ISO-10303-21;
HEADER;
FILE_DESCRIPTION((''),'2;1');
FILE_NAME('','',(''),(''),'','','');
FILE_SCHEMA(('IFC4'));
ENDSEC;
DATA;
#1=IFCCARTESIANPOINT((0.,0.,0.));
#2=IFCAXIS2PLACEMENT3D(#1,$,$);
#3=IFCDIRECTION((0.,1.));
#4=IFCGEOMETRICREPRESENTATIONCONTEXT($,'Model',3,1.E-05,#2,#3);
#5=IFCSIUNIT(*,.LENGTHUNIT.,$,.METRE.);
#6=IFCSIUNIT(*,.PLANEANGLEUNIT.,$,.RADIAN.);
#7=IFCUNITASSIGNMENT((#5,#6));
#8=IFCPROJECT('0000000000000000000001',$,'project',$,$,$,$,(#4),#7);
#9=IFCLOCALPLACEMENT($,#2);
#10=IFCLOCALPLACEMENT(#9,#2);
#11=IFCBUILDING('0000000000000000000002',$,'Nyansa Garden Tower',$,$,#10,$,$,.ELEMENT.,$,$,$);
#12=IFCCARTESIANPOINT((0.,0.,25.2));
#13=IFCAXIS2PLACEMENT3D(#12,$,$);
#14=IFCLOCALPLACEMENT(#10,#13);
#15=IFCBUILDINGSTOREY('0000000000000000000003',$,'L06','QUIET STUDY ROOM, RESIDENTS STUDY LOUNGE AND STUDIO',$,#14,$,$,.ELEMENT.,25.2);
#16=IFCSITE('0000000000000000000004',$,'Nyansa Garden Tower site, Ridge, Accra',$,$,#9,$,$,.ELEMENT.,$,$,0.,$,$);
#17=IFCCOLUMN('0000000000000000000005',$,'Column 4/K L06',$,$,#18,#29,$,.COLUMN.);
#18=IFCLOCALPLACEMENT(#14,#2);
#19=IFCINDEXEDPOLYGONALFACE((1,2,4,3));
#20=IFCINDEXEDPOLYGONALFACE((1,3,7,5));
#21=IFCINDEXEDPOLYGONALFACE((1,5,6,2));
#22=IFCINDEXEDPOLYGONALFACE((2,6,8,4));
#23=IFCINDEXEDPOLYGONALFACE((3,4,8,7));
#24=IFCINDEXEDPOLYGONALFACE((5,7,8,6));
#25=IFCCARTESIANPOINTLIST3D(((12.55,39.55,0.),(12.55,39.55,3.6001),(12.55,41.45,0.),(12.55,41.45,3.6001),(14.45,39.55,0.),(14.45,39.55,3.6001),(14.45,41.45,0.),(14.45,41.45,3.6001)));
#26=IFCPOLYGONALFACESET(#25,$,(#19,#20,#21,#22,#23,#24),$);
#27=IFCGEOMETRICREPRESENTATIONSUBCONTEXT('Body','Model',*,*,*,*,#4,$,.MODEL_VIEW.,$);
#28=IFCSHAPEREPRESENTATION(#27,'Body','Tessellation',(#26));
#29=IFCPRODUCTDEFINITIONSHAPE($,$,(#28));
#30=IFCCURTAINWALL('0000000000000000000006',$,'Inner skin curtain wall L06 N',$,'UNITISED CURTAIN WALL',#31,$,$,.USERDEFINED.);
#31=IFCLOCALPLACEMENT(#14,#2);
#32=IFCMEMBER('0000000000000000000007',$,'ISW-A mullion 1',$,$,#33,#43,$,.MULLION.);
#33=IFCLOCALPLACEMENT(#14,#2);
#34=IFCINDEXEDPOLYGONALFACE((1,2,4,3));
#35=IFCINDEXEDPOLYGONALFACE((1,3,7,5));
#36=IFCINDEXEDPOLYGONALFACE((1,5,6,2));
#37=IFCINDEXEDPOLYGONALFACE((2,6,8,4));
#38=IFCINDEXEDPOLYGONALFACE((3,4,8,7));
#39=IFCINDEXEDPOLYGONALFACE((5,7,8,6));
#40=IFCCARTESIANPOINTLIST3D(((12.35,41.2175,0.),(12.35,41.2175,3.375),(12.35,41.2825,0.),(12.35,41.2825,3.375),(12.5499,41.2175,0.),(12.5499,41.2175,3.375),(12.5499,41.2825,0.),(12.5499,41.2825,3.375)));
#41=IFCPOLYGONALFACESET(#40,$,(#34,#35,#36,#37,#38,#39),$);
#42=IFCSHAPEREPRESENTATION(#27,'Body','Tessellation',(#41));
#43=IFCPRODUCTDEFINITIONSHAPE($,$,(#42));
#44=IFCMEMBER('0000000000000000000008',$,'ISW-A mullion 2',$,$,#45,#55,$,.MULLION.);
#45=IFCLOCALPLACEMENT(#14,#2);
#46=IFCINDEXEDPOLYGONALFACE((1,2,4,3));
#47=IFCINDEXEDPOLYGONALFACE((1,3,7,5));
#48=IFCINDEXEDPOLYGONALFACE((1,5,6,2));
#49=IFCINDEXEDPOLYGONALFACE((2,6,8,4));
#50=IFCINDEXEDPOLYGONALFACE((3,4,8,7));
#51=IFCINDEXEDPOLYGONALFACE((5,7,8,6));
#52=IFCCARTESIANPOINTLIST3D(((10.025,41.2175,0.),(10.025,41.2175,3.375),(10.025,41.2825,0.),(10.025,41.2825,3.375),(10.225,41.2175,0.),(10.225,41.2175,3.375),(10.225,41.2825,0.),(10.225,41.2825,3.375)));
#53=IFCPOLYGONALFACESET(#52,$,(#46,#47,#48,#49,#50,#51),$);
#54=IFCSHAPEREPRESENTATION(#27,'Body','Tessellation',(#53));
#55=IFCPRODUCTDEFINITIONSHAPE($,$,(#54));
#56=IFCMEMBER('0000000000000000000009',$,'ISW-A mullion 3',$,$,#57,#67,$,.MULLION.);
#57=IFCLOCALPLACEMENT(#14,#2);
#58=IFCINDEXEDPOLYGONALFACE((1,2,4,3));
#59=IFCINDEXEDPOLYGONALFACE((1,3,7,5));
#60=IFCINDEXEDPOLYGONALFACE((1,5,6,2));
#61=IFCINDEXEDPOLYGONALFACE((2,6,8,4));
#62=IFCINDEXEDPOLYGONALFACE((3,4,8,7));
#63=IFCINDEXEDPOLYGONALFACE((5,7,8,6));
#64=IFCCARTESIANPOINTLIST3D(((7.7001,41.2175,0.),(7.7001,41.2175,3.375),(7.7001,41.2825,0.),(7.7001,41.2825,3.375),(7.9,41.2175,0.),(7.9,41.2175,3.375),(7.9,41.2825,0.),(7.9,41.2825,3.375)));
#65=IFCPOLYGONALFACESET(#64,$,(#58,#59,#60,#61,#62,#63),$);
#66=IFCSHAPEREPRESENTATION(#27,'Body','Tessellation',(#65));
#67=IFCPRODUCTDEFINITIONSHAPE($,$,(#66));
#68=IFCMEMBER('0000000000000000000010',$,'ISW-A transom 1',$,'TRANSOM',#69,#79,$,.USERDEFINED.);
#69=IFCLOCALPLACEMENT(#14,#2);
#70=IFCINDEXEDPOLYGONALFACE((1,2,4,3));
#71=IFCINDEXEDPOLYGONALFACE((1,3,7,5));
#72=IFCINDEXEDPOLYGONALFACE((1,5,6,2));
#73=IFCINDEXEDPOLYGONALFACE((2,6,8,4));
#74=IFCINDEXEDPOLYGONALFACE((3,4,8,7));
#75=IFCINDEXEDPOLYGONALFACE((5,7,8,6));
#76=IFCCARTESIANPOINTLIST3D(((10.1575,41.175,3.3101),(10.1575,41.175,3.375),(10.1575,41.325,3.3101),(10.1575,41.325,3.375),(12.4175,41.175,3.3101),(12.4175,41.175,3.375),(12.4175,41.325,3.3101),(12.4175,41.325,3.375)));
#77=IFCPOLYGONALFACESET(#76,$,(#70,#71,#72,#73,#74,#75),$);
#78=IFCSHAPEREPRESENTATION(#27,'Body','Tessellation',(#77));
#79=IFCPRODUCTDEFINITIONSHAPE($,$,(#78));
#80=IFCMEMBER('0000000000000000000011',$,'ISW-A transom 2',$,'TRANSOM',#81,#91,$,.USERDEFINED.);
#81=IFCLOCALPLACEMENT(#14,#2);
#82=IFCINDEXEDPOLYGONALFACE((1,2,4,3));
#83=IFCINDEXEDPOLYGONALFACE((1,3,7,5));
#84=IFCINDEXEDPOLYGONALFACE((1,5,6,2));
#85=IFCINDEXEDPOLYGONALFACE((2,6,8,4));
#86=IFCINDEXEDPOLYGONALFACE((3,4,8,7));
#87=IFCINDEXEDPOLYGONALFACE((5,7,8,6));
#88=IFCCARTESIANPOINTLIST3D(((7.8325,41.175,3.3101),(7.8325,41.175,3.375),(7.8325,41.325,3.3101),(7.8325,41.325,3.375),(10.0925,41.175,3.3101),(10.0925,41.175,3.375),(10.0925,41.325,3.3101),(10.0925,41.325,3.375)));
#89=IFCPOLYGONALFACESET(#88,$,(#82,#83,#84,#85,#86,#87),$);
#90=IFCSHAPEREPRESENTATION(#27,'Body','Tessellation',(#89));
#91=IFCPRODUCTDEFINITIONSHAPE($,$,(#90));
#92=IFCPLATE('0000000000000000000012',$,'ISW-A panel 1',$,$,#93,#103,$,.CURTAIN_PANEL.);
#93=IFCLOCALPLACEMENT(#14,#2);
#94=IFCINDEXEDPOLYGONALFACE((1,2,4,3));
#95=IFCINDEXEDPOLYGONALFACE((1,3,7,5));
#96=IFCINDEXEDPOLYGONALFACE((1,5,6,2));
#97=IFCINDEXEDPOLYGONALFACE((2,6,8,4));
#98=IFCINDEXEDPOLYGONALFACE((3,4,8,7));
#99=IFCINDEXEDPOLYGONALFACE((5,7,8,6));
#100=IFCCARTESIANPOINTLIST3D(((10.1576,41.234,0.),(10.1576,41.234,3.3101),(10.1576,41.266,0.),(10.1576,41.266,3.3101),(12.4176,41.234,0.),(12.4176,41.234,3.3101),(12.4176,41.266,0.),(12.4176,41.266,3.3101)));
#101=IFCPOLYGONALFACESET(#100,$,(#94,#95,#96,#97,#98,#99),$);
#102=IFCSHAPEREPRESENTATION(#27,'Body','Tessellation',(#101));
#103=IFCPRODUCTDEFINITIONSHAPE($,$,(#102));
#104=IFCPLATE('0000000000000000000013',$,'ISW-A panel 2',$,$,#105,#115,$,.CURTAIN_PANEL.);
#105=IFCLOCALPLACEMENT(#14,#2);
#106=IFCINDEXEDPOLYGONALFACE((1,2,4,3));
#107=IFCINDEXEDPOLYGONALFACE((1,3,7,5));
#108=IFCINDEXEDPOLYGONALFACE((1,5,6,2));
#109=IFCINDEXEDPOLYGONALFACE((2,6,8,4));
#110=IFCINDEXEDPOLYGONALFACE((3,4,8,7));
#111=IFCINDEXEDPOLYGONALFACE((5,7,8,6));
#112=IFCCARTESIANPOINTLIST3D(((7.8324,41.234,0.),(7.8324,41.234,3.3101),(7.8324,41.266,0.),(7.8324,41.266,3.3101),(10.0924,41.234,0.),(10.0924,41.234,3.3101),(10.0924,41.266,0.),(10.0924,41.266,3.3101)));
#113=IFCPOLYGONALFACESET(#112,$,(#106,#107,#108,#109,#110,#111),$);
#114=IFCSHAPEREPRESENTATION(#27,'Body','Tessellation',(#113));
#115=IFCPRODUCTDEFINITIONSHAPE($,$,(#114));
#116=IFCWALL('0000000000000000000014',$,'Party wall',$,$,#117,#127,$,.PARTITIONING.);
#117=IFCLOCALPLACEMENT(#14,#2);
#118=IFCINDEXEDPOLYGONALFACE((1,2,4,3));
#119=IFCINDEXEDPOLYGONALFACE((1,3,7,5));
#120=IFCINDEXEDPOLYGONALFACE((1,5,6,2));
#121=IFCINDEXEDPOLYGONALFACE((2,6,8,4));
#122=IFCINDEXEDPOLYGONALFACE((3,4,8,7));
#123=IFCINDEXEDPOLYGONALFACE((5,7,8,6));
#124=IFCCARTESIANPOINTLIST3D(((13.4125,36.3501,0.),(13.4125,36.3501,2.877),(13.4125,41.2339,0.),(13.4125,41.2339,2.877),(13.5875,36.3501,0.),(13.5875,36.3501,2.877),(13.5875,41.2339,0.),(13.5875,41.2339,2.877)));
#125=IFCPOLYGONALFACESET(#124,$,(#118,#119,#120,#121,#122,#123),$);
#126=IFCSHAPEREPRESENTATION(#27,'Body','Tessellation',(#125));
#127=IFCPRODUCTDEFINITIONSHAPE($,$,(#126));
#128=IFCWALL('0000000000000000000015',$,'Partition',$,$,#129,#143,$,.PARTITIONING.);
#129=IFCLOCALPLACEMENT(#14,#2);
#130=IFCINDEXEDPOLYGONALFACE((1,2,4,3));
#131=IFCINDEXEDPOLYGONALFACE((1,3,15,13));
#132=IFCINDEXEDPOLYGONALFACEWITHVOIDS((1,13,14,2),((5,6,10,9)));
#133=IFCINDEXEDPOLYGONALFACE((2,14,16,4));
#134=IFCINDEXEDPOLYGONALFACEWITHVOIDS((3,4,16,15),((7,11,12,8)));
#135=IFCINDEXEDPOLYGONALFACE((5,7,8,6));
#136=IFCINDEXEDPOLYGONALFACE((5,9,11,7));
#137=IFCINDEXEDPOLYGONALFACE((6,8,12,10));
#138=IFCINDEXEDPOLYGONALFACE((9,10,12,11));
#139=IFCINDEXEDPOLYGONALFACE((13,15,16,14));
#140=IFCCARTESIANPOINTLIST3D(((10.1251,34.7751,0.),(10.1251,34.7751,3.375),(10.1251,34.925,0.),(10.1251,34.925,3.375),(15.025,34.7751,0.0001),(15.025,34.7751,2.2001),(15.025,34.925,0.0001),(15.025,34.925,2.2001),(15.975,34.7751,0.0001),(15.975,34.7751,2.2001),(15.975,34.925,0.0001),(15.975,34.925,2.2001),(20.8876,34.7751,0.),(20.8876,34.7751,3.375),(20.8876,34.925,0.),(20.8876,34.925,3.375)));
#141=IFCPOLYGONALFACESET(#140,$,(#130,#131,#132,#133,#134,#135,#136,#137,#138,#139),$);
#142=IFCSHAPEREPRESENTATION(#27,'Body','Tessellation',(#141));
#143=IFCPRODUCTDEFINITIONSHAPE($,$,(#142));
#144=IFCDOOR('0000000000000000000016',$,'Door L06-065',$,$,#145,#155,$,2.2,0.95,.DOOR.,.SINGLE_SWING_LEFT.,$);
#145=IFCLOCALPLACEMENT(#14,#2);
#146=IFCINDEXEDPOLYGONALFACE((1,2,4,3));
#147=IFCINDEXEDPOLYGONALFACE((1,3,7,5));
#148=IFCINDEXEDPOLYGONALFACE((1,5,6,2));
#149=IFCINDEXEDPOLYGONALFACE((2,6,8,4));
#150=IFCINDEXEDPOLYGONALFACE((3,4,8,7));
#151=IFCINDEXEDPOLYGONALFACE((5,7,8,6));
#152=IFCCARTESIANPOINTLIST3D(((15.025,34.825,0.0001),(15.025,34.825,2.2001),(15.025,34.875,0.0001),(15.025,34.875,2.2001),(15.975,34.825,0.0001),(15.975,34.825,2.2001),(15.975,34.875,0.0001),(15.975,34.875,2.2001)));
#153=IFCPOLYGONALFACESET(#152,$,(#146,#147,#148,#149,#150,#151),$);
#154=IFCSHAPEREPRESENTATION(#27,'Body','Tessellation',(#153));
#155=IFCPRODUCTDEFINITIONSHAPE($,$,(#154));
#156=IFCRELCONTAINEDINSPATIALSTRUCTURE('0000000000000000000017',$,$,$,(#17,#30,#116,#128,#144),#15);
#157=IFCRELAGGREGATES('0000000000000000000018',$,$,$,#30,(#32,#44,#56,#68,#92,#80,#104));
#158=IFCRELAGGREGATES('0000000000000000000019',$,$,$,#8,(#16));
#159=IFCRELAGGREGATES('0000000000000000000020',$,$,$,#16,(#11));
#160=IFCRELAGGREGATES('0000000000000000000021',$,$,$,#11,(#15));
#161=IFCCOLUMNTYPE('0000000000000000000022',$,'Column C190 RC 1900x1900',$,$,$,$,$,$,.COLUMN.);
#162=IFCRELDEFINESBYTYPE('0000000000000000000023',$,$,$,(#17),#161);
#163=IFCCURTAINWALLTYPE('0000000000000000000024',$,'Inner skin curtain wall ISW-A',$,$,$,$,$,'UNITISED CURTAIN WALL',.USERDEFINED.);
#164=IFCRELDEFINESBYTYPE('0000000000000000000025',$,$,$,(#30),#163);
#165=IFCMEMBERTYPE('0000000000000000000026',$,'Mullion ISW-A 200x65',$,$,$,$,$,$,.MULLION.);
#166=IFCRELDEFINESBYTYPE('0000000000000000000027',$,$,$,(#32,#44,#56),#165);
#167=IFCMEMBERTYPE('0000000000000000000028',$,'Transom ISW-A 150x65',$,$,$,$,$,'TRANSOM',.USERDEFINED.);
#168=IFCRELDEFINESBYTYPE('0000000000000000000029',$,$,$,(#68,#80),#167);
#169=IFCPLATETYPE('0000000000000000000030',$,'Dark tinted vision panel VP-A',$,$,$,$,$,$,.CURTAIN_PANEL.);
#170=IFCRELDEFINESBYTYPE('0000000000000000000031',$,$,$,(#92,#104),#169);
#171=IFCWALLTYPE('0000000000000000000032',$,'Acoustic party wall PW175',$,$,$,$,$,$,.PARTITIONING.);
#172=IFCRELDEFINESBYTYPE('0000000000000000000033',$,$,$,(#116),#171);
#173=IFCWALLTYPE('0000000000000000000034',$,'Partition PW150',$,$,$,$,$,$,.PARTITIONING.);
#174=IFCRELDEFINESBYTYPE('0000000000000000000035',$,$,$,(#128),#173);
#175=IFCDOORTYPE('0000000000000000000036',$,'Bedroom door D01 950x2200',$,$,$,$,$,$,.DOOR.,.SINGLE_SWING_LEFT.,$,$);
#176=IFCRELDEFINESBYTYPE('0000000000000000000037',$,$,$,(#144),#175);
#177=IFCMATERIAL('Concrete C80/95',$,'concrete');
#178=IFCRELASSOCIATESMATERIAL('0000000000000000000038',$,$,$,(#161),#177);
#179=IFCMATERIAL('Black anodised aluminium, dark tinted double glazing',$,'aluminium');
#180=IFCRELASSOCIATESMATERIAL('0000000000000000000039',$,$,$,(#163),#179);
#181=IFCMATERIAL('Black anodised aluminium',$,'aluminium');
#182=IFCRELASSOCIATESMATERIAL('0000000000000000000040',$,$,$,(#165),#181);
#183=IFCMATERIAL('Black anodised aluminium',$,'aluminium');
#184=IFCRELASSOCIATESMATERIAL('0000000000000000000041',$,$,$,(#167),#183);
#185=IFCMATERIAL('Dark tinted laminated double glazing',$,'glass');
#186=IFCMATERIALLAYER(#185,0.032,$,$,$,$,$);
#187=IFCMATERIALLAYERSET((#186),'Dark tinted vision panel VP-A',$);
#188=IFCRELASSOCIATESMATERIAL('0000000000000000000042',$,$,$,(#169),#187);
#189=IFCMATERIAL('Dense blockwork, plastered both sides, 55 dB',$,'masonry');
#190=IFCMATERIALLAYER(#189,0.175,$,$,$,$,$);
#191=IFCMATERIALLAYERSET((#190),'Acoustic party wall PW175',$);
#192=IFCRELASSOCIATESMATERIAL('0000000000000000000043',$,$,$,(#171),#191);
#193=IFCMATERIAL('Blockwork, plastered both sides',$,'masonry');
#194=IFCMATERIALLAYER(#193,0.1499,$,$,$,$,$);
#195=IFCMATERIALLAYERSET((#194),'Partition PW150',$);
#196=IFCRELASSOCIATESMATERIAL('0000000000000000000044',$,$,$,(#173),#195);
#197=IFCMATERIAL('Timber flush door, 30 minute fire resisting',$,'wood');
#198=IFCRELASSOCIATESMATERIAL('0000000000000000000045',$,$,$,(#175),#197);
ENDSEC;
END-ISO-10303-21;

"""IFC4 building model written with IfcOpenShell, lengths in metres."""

from ifc_helpers import new_model, si_unit, direction, frame, frame_2d, origin, origin_2d, place, context, subcontext, project, spatial, rectangle, extrude, material, layer, layer_set, material_profile, profile_set, type_object, element, fill, aggregate, save


model = new_model("IFC4")

# Units and contexts
model_context = context("Model", 3, precision=1e-05, world=origin(), true_north=direction((0.0, 1.0)))
body_context = subcontext(model_context, "Body", "Model", "MODEL_VIEW")
ifc_project = project(units=[si_unit("LENGTHUNIT", "METRE"), si_unit("PLANEANGLEUNIT", "RADIAN")], contexts=[model_context])

# Site, building, storey
site_placement = place(None, origin())
site = spatial("IfcSite", under=ifc_project, at=site_placement, Name="Nyansa Garden Tower site, Ridge, Accra", CompositionType="ELEMENT", RefElevation=0.0)
building_placement = place(site_placement, origin())
building = spatial("IfcBuilding", under=site, at=building_placement, Name="Nyansa Garden Tower", CompositionType="ELEMENT")
storey_placement = place(building_placement, frame((0.0, 0.0, 25.2)))
storey = spatial("IfcBuildingStorey", under=building, at=storey_placement, Name="L06", Description="QUIET STUDY ROOM, RESIDENTS STUDY LOUNGE AND STUDIO", CompositionType="ELEMENT", Elevation=25.2)

# Column
ifc_material_1 = material(Name="Concrete C80/95", Category="concrete")
ifc_material_profile_1 = material_profile(ifc_material_1, rectangle(XDim=1.8999, YDim=1.8999, at=origin_2d()), Name="RC 1900x1900")
ifc_profile_set_1 = profile_set([ifc_material_profile_1], Name="Concrete C80/95")
column_type = type_object("IfcColumnType", Name="Column C190 RC 1900x1900", PredefinedType="COLUMN", material=ifc_profile_set_1)
column_placement = place(storey_placement, frame((13.5, 40.5, 0.0), z_axis=(0.0, 0.0, 1.0), x_axis=(1.0, 0.0, 0.0)))
element("IfcColumn", 1, at=column_placement, inside=storey, type_object=column_type, Name="Column 4/K L06", PredefinedType="COLUMN", context=body_context, shape_type="SweptSolid", body=[
    extrude(rectangle(XDim=1.8999, YDim=1.8999, at=origin_2d()), origin(), (0.0, 0.0, 1.0), 3.6001),
])

# Curtain wall, members, plates
ifc_material_2 = material(Name="Black anodised aluminium, dark tinted double glazing", Category="aluminium")
curtain_wall_type = type_object("IfcCurtainWallType", Name="Inner skin curtain wall ISW-A", ElementType="UNITISED CURTAIN WALL", PredefinedType="USERDEFINED", material=ifc_material_2)
curtain_wall_placement = place(storey_placement, origin())
curtain_wall = element("IfcCurtainWall", 2, at=curtain_wall_placement, inside=storey, type_object=curtain_wall_type, Name="Inner skin curtain wall L06 N", ObjectType="UNITISED CURTAIN WALL", PredefinedType="USERDEFINED")
ifc_material_3 = material(Name="Black anodised aluminium", Category="aluminium")
ifc_material_profile_2 = material_profile(ifc_material_3, rectangle(XDim=0.0649, YDim=0.2, at=origin_2d()), Name="Mullion 200x65")
ifc_profile_set_2 = profile_set([ifc_material_profile_2], Name="Black anodised aluminium")
member_type_1 = type_object("IfcMemberType", Name="Mullion ISW-A 200x65", PredefinedType="MULLION", material=ifc_profile_set_2)
member_1_placement = place(storey_placement, frame((12.45, 41.25, 0.0), z_axis=(0.0, 0.0, 1.0), x_axis=(0.0, -1.0, 0.0)))
member_1 = element("IfcMember", 3, at=member_1_placement, type_object=member_type_1, Name="ISW-A mullion 1", PredefinedType="MULLION", context=body_context, shape_type="SweptSolid", body=[
    extrude(rectangle(XDim=0.0649, YDim=0.2, at=origin_2d()), origin(), (0.0, 0.0, 1.0), 3.375),
])
member_2_placement = place(storey_placement, frame((10.125, 41.25, 0.0), z_axis=(0.0, 0.0, 1.0), x_axis=(0.0, -1.0, 0.0)))
member_2 = element("IfcMember", 4, at=member_2_placement, type_object=member_type_1, Name="ISW-A mullion 2", PredefinedType="MULLION", context=body_context, shape_type="SweptSolid", body=[
    extrude(rectangle(XDim=0.0649, YDim=0.2, at=origin_2d()), origin(), (0.0, 0.0, 1.0), 3.375),
])
member_3_placement = place(storey_placement, frame((7.8, 41.25, 0.0), z_axis=(0.0, 0.0, 1.0), x_axis=(0.0, -1.0, 0.0)))
member_3 = element("IfcMember", 5, at=member_3_placement, type_object=member_type_1, Name="ISW-A mullion 3", PredefinedType="MULLION", context=body_context, shape_type="SweptSolid", body=[
    extrude(rectangle(XDim=0.0649, YDim=0.2, at=origin_2d()), origin(), (0.0, 0.0, 1.0), 3.375),
])
ifc_material_4 = material(Name="Black anodised aluminium", Category="aluminium")
ifc_material_profile_3 = material_profile(ifc_material_4, rectangle(XDim=0.1499, YDim=0.0649, at=origin_2d()), Name="Transom 150x65")
ifc_profile_set_3 = profile_set([ifc_material_profile_3], Name="Black anodised aluminium")
member_type_2 = type_object("IfcMemberType", Name="Transom ISW-A 150x65", ElementType="TRANSOM", PredefinedType="USERDEFINED", material=ifc_profile_set_3)
member_4_placement = place(storey_placement, frame((12.4175, 41.25, 3.3425), z_axis=(-1.0, 0.0, 0.0), x_axis=(0.0, -1.0, 0.0)))
member_4 = element("IfcMember", 6, at=member_4_placement, type_object=member_type_2, Name="ISW-A transom 1", ObjectType="TRANSOM", PredefinedType="USERDEFINED", context=body_context, shape_type="SweptSolid", body=[
    extrude(rectangle(XDim=0.1499, YDim=0.0649, at=origin_2d()), origin(), (0.0, 0.0, 1.0), 2.26),
])
member_5_placement = place(storey_placement, frame((10.0925, 41.25, 3.3425), z_axis=(-1.0, 0.0, 0.0), x_axis=(0.0, -1.0, 0.0)))
member_5 = element("IfcMember", 7, at=member_5_placement, type_object=member_type_2, Name="ISW-A transom 2", ObjectType="TRANSOM", PredefinedType="USERDEFINED", context=body_context, shape_type="SweptSolid", body=[
    extrude(rectangle(XDim=0.1499, YDim=0.0649, at=origin_2d()), origin(), (0.0, 0.0, 1.0), 2.26),
])
ifc_material_5 = material(Name="Dark tinted laminated double glazing", Category="glass")
ifc_layer_1 = layer(ifc_material_5, 0.032)
ifc_layer_set_1 = layer_set([ifc_layer_1], Name="Dark tinted vision panel VP-A")
plate_type = type_object("IfcPlateType", Name="Dark tinted vision panel VP-A", PredefinedType="CURTAIN_PANEL", material=ifc_layer_set_1)
plate_1_placement = place(storey_placement, frame((11.2876, 41.25, 0.0), z_axis=(0.0, 0.0, 1.0), x_axis=(-1.0, 0.0, 0.0)))
plate_1 = element("IfcPlate", 8, at=plate_1_placement, type_object=plate_type, Name="ISW-A panel 1", PredefinedType="CURTAIN_PANEL", context=body_context, shape_type="SweptSolid", body=[
    extrude(rectangle(XDim=2.26, YDim=0.032, at=origin_2d()), origin(), (0.0, 0.0, 1.0), 3.3101),
])
plate_2_placement = place(storey_placement, frame((8.9624, 41.25, 0.0), z_axis=(0.0, 0.0, 1.0), x_axis=(-1.0, 0.0, 0.0)))
plate_2 = element("IfcPlate", 9, at=plate_2_placement, type_object=plate_type, Name="ISW-A panel 2", PredefinedType="CURTAIN_PANEL", context=body_context, shape_type="SweptSolid", body=[
    extrude(rectangle(XDim=2.26, YDim=0.032, at=origin_2d()), origin(), (0.0, 0.0, 1.0), 3.3101),
])
aggregate(curtain_wall, [member_1, member_2, member_3, member_4, plate_1, member_5, plate_2])

# Wall
ifc_material_6 = material(Name="Dense blockwork, plastered both sides, 55 dB", Category="masonry")
ifc_layer_2 = layer(ifc_material_6, 0.175)
ifc_layer_set_2 = layer_set([ifc_layer_2], Name="Acoustic party wall PW175")
wall_type_1 = type_object("IfcWallType", Name="Acoustic party wall PW175", PredefinedType="PARTITIONING", material=ifc_layer_set_2)
wall_1_placement = place(storey_placement, frame((13.5, 36.3501, 0.0), z_axis=(0.0, 0.0, 1.0), x_axis=(0.0, 1.0, 0.0)))
element("IfcWall", 10, at=wall_1_placement, inside=storey, type_object=wall_type_1, Name="Party wall", PredefinedType="PARTITIONING", context=body_context, shape_type="SweptSolid", body=[
    extrude(rectangle(XDim=4.8838, YDim=0.175, at=frame_2d((2.4419, 0.0))), origin(), (0.0, 0.0, 1.0), 2.877),
])

# Wall, opening, door
ifc_material_7 = material(Name="Blockwork, plastered both sides", Category="masonry")
ifc_layer_3 = layer(ifc_material_7, 0.1499)
ifc_layer_set_3 = layer_set([ifc_layer_3], Name="Partition PW150")
wall_type_2 = type_object("IfcWallType", Name="Partition PW150", PredefinedType="PARTITIONING", material=ifc_layer_set_3)
wall_2_placement = place(storey_placement, frame((10.125, 34.8501, 0.0), z_axis=(0.0, 0.0, 1.0), x_axis=(1.0, 0.0, 0.0)))
wall_2 = element("IfcWall", 11, at=wall_2_placement, inside=storey, type_object=wall_type_2, Name="Partition", PredefinedType="PARTITIONING", context=body_context, shape_type="SweptSolid", body=[
    extrude(rectangle(XDim=10.7625, YDim=0.1499, at=frame_2d((5.3813, 0.0))), origin(), (0.0, 0.0, 1.0), 3.375),
])
opening_1_placement = place(wall_2_placement, frame((4.8999, 0.0, 0.0)))
opening_1 = element("IfcOpeningElement", 12, at=opening_1_placement, cuts=wall_2, PredefinedType="OPENING", context=body_context, shape_type="SweptSolid", body=[
    extrude(rectangle(XDim=0.95, YDim=2.2, at=frame_2d((0.4751, 1.1001))), frame((0.0, 0.085, 0.0), z_axis=(0.0, -1.0, 0.0), x_axis=(1.0, 0.0, 0.0)), (0.0, 0.0, 1.0), 0.1699),
])
ifc_material_8 = material(Name="Timber flush door, 30 minute fire resisting", Category="wood")
door_type_1 = type_object("IfcDoorType", Name="Bedroom door D01 950x2200", OperationType="SINGLE_SWING_LEFT", PredefinedType="DOOR", material=ifc_material_8)
door_1_placement = place(opening_1_placement, origin())
door_1 = element("IfcDoor", 13, at=door_1_placement, inside=storey, type_object=door_type_1, Name="Door L06-065", OperationType="SINGLE_SWING_LEFT", OverallHeight=2.2, OverallWidth=0.95, PredefinedType="DOOR", context=body_context, shape_type="SweptSolid", body=[
    extrude(rectangle(XDim=0.95, YDim=2.2, at=frame_2d((0.4751, 1.1001))), frame((0.0, 0.0249, 0.0), z_axis=(0.0, -1.0, 0.0), x_axis=(1.0, 0.0, 0.0)), (0.0, 0.0, 1.0), 0.05),
])
fill(opening_1, door_1)

save(model, "model.ifc")
